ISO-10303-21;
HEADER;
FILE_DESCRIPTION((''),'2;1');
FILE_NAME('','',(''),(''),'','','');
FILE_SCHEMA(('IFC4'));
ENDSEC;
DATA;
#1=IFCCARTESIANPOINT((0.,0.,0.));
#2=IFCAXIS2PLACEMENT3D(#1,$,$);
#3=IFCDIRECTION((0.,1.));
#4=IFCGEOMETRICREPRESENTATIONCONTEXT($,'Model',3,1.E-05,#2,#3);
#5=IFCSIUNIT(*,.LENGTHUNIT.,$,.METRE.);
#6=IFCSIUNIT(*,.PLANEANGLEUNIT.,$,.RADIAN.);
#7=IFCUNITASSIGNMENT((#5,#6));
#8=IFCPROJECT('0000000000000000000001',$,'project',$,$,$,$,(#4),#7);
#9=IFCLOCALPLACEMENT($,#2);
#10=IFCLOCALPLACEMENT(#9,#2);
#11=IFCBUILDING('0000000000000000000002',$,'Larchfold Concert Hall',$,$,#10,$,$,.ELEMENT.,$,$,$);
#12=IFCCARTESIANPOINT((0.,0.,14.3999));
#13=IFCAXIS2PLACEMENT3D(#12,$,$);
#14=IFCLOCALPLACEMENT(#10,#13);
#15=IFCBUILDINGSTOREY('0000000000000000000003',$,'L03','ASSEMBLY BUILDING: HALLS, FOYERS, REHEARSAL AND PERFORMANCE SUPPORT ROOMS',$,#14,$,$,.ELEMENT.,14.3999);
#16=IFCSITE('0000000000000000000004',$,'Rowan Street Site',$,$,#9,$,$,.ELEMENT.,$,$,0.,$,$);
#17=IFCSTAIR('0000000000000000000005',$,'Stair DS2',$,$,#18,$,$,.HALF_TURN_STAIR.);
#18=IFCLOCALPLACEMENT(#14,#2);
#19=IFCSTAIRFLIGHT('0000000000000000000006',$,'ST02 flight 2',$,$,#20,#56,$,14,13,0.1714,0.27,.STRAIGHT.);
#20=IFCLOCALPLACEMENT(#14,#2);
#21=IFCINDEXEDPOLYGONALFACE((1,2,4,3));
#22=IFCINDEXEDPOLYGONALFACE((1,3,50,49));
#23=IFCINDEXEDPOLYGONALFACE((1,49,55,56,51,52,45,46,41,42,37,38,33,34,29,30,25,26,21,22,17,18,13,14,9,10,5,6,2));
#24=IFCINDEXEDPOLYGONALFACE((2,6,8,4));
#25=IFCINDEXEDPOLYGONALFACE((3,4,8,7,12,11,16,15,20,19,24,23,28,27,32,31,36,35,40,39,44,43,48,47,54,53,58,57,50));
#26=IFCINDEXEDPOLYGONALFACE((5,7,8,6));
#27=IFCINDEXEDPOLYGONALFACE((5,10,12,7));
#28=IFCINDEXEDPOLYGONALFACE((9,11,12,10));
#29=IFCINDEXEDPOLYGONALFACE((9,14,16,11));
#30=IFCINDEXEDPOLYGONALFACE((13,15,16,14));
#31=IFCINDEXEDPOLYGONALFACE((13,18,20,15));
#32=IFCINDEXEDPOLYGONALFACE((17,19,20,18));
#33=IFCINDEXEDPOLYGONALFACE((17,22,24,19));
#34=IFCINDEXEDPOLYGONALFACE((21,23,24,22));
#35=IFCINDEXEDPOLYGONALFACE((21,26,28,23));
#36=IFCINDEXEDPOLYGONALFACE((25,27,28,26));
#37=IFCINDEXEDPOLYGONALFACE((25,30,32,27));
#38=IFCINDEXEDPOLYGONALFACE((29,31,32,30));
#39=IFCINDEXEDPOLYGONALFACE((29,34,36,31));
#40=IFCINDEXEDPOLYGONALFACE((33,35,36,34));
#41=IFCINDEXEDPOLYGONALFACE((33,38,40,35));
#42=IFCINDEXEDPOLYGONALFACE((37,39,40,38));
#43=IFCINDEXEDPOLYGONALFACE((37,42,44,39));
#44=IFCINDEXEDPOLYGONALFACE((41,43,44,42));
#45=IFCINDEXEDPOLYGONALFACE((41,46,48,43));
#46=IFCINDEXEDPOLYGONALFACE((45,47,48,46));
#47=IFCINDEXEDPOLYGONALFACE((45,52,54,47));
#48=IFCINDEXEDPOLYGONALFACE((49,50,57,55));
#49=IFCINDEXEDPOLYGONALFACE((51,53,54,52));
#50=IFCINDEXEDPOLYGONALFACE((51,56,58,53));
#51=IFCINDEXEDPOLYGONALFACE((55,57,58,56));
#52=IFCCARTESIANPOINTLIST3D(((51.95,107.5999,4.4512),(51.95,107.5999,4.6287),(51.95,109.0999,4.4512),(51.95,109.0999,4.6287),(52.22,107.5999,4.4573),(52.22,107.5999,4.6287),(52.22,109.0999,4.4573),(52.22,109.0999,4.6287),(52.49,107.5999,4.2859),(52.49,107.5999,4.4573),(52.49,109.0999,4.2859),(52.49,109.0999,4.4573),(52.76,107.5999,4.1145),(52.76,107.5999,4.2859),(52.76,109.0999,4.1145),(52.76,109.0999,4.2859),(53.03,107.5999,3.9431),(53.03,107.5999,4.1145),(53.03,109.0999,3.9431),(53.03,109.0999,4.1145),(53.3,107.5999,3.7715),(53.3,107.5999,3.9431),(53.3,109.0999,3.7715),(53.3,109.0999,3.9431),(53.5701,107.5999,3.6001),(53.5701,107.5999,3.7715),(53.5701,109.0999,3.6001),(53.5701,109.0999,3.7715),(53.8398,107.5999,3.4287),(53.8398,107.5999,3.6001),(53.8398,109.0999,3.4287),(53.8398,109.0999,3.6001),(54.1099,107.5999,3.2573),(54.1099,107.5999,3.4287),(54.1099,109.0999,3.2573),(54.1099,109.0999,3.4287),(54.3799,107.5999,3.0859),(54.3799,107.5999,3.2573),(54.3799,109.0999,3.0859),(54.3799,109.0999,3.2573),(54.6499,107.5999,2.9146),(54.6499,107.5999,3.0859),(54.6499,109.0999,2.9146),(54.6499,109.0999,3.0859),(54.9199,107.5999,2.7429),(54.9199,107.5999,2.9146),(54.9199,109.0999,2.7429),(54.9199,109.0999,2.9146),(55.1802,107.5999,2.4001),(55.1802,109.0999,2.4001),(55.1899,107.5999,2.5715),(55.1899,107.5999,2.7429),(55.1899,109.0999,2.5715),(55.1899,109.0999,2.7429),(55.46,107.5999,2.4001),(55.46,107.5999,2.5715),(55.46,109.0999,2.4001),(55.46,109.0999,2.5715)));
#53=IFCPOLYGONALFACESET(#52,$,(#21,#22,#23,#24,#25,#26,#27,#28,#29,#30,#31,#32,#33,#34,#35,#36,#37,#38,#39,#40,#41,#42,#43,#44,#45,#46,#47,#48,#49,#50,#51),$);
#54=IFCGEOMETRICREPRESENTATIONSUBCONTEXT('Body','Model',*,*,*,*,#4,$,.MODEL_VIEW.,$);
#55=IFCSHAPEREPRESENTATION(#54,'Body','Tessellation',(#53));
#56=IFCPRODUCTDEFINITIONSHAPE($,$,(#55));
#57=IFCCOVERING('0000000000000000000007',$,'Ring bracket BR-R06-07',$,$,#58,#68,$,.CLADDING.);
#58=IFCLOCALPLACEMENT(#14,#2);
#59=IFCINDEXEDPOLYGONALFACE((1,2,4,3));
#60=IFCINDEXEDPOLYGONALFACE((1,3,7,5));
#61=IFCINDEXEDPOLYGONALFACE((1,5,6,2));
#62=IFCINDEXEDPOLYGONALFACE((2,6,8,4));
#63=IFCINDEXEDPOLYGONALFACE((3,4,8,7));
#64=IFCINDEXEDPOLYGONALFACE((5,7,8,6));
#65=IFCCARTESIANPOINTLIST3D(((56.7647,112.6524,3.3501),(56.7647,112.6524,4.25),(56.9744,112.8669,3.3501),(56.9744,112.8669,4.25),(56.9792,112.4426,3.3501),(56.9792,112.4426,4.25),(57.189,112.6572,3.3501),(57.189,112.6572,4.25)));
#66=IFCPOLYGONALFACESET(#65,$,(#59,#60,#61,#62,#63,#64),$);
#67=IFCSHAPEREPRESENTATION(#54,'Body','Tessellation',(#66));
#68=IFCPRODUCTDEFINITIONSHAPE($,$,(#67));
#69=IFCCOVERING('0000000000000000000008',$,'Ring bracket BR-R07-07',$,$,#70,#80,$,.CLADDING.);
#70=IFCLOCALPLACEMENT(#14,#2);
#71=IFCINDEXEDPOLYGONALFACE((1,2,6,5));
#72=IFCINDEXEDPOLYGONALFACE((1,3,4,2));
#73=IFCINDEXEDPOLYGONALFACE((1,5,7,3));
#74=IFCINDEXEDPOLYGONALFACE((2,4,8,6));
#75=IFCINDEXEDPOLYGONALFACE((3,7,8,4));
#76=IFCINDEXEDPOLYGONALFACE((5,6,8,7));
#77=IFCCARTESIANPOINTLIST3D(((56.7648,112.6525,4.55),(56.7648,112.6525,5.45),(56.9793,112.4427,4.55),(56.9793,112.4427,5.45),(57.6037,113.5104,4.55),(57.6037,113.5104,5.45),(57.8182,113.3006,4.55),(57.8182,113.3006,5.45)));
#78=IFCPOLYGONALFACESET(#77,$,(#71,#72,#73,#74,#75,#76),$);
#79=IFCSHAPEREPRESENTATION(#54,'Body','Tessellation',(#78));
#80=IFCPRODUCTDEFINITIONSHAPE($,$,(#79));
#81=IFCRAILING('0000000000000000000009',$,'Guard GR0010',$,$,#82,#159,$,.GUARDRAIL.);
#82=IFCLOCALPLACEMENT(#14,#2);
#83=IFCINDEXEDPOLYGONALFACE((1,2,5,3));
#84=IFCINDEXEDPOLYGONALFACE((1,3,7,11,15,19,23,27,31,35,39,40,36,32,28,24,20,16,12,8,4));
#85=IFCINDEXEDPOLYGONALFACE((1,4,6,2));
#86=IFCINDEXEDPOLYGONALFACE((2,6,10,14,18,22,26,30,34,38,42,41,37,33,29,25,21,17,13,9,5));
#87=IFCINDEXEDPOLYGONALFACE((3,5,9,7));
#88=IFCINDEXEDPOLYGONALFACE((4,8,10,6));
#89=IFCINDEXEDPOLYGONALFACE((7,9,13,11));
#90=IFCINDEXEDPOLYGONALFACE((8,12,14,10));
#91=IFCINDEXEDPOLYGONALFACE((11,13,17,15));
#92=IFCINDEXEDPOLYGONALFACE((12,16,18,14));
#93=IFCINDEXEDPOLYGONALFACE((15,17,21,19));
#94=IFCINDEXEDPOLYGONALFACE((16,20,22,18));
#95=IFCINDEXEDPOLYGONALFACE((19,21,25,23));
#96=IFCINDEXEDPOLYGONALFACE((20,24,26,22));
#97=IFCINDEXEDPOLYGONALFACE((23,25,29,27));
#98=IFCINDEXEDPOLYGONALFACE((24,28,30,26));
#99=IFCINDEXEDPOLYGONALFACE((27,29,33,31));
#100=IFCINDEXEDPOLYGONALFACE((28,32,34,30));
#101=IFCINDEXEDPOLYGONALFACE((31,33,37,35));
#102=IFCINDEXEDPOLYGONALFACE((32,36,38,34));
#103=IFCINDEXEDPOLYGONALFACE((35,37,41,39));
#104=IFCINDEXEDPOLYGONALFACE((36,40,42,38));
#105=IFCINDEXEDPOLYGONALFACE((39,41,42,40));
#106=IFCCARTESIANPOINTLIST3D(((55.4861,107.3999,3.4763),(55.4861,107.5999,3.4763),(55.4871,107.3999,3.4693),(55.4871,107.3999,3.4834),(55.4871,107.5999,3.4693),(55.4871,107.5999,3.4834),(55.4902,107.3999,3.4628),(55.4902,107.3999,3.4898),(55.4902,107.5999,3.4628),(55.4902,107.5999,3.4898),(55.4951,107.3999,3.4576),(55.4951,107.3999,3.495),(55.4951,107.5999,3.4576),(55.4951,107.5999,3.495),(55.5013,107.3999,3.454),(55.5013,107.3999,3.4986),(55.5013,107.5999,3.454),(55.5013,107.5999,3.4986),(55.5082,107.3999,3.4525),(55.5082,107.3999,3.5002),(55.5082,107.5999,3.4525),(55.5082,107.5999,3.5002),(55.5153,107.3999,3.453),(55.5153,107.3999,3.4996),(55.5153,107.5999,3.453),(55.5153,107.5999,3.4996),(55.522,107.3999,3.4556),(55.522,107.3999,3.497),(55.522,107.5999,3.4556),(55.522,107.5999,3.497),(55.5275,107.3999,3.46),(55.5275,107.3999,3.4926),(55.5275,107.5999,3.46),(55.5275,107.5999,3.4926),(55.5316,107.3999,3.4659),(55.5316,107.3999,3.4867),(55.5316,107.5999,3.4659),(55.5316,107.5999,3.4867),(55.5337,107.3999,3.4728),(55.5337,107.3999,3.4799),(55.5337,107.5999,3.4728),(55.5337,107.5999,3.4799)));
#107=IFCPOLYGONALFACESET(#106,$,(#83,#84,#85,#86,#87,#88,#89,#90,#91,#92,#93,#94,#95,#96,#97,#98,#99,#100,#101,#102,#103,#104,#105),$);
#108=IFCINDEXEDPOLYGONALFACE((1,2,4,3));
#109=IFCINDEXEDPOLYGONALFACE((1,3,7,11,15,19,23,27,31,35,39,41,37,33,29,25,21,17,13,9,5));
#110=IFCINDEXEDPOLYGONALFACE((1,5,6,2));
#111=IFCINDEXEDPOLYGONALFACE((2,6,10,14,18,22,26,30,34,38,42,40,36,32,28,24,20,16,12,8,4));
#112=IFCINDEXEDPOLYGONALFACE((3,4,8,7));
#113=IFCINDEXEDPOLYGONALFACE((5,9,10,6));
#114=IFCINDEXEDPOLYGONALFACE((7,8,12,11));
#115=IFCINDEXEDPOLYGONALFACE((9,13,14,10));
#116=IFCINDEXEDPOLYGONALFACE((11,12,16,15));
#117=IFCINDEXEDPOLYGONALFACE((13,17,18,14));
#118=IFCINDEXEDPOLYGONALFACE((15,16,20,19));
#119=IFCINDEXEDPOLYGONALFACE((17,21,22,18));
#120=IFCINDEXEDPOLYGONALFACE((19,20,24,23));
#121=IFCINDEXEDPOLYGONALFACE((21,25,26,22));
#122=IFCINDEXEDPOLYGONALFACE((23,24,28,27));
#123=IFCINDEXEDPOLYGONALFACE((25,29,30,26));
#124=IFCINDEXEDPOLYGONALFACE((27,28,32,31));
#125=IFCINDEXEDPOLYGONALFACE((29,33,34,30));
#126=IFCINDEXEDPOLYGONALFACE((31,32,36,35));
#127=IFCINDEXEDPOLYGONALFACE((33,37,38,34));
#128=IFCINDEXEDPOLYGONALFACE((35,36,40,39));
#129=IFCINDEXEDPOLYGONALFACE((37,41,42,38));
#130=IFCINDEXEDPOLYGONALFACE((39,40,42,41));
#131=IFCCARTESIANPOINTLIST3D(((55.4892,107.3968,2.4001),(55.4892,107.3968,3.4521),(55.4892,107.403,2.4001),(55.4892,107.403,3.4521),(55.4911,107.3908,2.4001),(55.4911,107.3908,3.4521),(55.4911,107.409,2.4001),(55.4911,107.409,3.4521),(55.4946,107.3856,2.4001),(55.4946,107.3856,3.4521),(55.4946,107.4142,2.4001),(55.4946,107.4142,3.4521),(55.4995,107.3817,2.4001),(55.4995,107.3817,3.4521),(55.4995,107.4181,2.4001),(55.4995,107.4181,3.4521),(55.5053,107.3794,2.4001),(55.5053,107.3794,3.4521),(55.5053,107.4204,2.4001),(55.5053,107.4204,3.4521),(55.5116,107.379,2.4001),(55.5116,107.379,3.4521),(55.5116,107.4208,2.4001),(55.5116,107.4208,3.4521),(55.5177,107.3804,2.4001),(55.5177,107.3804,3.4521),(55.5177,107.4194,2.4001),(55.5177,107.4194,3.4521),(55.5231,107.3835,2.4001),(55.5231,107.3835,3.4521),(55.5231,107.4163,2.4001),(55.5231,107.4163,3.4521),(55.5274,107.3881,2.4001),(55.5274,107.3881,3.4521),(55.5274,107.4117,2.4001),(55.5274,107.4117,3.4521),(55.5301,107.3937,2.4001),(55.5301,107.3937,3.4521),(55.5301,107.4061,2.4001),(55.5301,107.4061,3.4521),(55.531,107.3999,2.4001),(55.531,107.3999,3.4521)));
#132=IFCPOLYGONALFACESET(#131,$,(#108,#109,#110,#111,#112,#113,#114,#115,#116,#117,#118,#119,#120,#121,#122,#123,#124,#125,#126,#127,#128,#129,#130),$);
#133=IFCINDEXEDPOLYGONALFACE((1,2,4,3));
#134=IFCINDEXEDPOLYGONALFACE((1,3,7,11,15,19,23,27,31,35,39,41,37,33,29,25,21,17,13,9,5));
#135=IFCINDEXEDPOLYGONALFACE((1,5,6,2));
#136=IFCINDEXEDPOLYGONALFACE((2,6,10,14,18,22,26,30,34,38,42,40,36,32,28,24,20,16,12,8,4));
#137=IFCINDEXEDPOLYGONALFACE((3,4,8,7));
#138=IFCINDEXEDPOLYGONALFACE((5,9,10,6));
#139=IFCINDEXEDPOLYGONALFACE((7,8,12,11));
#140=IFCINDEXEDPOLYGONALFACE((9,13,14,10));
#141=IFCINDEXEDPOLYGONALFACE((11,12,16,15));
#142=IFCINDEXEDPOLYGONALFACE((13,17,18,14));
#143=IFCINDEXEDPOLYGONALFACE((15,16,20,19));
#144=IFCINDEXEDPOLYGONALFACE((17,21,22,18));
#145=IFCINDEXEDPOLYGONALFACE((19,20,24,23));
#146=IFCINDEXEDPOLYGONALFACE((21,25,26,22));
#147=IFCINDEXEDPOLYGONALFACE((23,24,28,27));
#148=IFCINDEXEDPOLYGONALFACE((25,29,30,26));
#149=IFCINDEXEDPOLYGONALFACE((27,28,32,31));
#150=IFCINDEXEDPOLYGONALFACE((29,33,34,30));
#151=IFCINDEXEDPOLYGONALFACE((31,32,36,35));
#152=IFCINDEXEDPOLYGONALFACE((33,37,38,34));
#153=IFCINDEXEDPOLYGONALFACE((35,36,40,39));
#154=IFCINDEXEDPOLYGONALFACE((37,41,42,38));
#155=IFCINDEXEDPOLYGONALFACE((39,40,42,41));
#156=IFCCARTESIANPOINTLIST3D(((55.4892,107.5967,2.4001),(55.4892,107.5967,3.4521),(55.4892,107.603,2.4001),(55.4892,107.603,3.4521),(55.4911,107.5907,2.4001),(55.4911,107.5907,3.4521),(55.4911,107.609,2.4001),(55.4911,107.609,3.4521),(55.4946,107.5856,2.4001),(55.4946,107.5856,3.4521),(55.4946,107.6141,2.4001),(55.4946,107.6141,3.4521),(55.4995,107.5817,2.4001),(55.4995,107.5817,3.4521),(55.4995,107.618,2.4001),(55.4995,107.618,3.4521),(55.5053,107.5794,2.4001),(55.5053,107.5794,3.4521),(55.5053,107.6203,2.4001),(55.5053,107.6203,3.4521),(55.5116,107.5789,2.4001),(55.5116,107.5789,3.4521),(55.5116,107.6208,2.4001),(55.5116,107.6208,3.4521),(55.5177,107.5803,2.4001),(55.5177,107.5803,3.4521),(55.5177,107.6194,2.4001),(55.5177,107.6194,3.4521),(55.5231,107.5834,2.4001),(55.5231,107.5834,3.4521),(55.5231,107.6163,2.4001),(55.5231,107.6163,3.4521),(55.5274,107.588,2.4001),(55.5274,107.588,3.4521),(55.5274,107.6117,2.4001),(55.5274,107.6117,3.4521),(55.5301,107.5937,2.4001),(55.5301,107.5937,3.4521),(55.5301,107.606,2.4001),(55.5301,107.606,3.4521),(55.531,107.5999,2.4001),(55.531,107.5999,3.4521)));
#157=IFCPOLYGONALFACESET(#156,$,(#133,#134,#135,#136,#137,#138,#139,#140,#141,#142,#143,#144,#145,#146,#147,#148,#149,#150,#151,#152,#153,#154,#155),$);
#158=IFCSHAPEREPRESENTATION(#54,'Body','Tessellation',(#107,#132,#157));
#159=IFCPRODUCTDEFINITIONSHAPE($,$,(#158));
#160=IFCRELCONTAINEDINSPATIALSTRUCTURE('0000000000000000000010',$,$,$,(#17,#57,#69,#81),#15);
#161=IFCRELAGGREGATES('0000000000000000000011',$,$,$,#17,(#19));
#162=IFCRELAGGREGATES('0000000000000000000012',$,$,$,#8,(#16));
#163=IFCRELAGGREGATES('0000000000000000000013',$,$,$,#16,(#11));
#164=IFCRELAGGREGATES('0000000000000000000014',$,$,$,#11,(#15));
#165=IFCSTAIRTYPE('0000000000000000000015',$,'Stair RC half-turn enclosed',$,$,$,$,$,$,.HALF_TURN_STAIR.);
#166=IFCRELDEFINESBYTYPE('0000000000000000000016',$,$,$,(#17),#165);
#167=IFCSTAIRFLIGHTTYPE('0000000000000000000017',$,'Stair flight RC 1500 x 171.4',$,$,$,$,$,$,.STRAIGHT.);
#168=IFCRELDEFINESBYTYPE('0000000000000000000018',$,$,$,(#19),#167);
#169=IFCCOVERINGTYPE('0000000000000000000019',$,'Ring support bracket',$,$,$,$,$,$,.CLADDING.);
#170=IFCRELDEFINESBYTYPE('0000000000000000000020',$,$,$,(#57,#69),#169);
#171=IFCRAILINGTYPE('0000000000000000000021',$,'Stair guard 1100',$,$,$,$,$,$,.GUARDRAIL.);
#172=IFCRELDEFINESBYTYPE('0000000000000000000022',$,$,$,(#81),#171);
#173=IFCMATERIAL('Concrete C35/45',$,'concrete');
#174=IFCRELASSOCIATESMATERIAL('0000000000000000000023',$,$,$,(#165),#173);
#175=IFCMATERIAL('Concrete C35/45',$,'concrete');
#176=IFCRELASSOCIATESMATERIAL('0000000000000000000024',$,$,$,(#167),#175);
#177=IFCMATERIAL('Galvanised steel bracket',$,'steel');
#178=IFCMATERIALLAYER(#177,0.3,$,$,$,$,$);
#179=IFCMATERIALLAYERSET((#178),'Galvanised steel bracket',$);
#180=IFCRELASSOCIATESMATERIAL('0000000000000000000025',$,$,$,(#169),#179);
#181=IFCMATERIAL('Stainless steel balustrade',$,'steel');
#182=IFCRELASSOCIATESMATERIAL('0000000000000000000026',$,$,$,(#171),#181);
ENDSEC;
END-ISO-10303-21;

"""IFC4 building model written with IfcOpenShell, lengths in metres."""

from ifc_helpers import new_model, si_unit, direction, frame, origin, origin_2d, place, context, subcontext, project, spatial, polyline, rectangle, circle, outline, extrude, material, layer, layer_set, type_object, element, aggregate, save


model = new_model("IFC4")

# Units and contexts
model_context = context("Model", 3, precision=1e-05, world=origin(), true_north=direction((0.0, 1.0)))
body_context = subcontext(model_context, "Body", "Model", "MODEL_VIEW")
ifc_project = project(units=[si_unit("LENGTHUNIT", "METRE"), si_unit("PLANEANGLEUNIT", "RADIAN")], contexts=[model_context])

# Site, building, storey
site_placement = place(None, origin())
site = spatial("IfcSite", under=ifc_project, at=site_placement, Name="Rowan Street Site", CompositionType="ELEMENT", RefElevation=0.0)
building_placement = place(site_placement, origin())
building = spatial("IfcBuilding", under=site, at=building_placement, Name="Larchfold Concert Hall", CompositionType="ELEMENT")
storey_placement = place(building_placement, frame((0.0, 0.0, 14.3999)))
storey = spatial("IfcBuildingStorey", under=building, at=storey_placement, Name="L03", Description="ASSEMBLY BUILDING: HALLS, FOYERS, REHEARSAL AND PERFORMANCE SUPPORT ROOMS", CompositionType="ELEMENT", Elevation=14.3999)

# Stair, stair flight
ifc_material_1 = material(Name="Concrete C35/45", Category="concrete")
stair_type = type_object("IfcStairType", Name="Stair RC half-turn enclosed", PredefinedType="HALF_TURN_STAIR", material=ifc_material_1)
stair_placement = place(storey_placement, origin())
stair = element("IfcStair", 1, at=stair_placement, inside=storey, type_object=stair_type, Name="Stair DS2", PredefinedType="HALF_TURN_STAIR")
ifc_material_2 = material(Name="Concrete C35/45", Category="concrete")
stair_flight_type = type_object("IfcStairFlightType", Name="Stair flight RC 1500 x 171.4", PredefinedType="STRAIGHT", material=ifc_material_2)
stair_flight_placement = place(storey_placement, frame((55.46, 108.3499, 2.4001), z_axis=(0.0, 0.0, 1.0), x_axis=(-1.0, 0.0, 0.0)))
stair_flight = element("IfcStairFlight", 2, at=stair_flight_placement, type_object=stair_flight_type, Name="ST02 flight 2", NumberOfRisers=14, NumberOfTreads=13, PredefinedType="STRAIGHT", RiserHeight=0.1714, TreadLength=0.27, context=body_context, shape_type="SweptSolid", body=[
    extrude(outline(polyline([(0.0, 0.0), (0.0, 0.1714), (0.27, 0.1714), (0.27, 0.3428), (0.54, 0.3428), (0.54, 0.5144), (0.8101, 0.5144), (0.8101, 0.6858), (1.0801, 0.6858), (1.0801, 0.8572), (1.3501, 0.8572), (1.3501, 1.0286), (1.6201, 1.0286), (1.6201, 1.2), (1.8899, 1.2), (1.8899, 1.3713), (2.1599, 1.3713), (2.1599, 1.543), (2.4299, 1.543), (2.4299, 1.7144), (2.7, 1.7144), (2.7, 1.8857), (2.97, 1.8857), (2.97, 2.0571), (3.24, 2.0571), (3.24, 2.2285), (3.51, 2.2285), (3.51, 2.3999), (3.51, 2.051), (0.2798, 0.0), (0.0, 0.0)])), frame((0.0, 0.75, 0.0), z_axis=(0.0, -1.0, 0.0), x_axis=(1.0, 0.0, 0.0)), (0.0, 0.0, 1.0), 1.5),
])
aggregate(stair, [stair_flight])

# Coverings
ifc_material_3 = material(Name="Galvanised steel bracket", Category="steel")
ifc_layer_1 = layer(ifc_material_3, 0.3)
ifc_layer_set_1 = layer_set([ifc_layer_1], Name="Galvanised steel bracket")
covering_type = type_object("IfcCoveringType", Name="Ring support bracket", PredefinedType="CLADDING", material=ifc_layer_set_1)
covering_1_placement = place(storey_placement, frame((56.9768, 112.6548, 3.3501), z_axis=(0.0, 0.0, 1.0), x_axis=(0.699161, 0.714965, 0.0)))
element("IfcCovering", 3, at=covering_1_placement, inside=storey, type_object=covering_type, Name="Ring bracket BR-R06-07", PredefinedType="CLADDING", context=body_context, shape_type="SweptSolid", body=[
    extrude(rectangle(XDim=0.3, YDim=0.3, at=origin_2d()), origin(), (0.0, 0.0, 1.0), 0.8999),
])
covering_2_placement = place(storey_placement, frame((57.2915, 112.9766, 4.55), z_axis=(0.0, 0.0, 1.0), x_axis=(0.699161, 0.714965, 0.0)))
element("IfcCovering", 4, at=covering_2_placement, inside=storey, type_object=covering_type, Name="Ring bracket BR-R07-07", PredefinedType="CLADDING", context=body_context, shape_type="SweptSolid", body=[
    extrude(rectangle(XDim=1.2, YDim=0.3, at=origin_2d()), origin(), (0.0, 0.0, 1.0), 0.8999),
])

# Railing
ifc_material_4 = material(Name="Stainless steel balustrade", Category="steel")
railing_type_1 = type_object("IfcRailingType", Name="Stair guard 1100", PredefinedType="GUARDRAIL", material=ifc_material_4)
railing_1_placement = place(storey_placement, frame((55.51, 107.3999, 2.4001)))
element("IfcRailing", 5, at=railing_1_placement, inside=storey, type_object=railing_type_1, Name="Guard GR0010", PredefinedType="GUARDRAIL", context=body_context, shape_type="SweptSolid", body=[
    extrude(circle(Radius=0.0239, at=origin_2d()), frame((0.0, 0.0, 1.0762), z_axis=(0.0, 1.0, 0.0), x_axis=(-1.0, 0.0, 0.0)), (0.0, 0.0, 1.0), 0.2),
    extrude(circle(Radius=0.021, at=origin_2d()), origin(), (0.0, 0.0, 1.0), 1.052),
    extrude(circle(Radius=0.021, at=origin_2d()), frame((0.0, 0.2, 0.0)), (0.0, 0.0, 1.0), 1.052),
])

save(model, "model.ifc")
